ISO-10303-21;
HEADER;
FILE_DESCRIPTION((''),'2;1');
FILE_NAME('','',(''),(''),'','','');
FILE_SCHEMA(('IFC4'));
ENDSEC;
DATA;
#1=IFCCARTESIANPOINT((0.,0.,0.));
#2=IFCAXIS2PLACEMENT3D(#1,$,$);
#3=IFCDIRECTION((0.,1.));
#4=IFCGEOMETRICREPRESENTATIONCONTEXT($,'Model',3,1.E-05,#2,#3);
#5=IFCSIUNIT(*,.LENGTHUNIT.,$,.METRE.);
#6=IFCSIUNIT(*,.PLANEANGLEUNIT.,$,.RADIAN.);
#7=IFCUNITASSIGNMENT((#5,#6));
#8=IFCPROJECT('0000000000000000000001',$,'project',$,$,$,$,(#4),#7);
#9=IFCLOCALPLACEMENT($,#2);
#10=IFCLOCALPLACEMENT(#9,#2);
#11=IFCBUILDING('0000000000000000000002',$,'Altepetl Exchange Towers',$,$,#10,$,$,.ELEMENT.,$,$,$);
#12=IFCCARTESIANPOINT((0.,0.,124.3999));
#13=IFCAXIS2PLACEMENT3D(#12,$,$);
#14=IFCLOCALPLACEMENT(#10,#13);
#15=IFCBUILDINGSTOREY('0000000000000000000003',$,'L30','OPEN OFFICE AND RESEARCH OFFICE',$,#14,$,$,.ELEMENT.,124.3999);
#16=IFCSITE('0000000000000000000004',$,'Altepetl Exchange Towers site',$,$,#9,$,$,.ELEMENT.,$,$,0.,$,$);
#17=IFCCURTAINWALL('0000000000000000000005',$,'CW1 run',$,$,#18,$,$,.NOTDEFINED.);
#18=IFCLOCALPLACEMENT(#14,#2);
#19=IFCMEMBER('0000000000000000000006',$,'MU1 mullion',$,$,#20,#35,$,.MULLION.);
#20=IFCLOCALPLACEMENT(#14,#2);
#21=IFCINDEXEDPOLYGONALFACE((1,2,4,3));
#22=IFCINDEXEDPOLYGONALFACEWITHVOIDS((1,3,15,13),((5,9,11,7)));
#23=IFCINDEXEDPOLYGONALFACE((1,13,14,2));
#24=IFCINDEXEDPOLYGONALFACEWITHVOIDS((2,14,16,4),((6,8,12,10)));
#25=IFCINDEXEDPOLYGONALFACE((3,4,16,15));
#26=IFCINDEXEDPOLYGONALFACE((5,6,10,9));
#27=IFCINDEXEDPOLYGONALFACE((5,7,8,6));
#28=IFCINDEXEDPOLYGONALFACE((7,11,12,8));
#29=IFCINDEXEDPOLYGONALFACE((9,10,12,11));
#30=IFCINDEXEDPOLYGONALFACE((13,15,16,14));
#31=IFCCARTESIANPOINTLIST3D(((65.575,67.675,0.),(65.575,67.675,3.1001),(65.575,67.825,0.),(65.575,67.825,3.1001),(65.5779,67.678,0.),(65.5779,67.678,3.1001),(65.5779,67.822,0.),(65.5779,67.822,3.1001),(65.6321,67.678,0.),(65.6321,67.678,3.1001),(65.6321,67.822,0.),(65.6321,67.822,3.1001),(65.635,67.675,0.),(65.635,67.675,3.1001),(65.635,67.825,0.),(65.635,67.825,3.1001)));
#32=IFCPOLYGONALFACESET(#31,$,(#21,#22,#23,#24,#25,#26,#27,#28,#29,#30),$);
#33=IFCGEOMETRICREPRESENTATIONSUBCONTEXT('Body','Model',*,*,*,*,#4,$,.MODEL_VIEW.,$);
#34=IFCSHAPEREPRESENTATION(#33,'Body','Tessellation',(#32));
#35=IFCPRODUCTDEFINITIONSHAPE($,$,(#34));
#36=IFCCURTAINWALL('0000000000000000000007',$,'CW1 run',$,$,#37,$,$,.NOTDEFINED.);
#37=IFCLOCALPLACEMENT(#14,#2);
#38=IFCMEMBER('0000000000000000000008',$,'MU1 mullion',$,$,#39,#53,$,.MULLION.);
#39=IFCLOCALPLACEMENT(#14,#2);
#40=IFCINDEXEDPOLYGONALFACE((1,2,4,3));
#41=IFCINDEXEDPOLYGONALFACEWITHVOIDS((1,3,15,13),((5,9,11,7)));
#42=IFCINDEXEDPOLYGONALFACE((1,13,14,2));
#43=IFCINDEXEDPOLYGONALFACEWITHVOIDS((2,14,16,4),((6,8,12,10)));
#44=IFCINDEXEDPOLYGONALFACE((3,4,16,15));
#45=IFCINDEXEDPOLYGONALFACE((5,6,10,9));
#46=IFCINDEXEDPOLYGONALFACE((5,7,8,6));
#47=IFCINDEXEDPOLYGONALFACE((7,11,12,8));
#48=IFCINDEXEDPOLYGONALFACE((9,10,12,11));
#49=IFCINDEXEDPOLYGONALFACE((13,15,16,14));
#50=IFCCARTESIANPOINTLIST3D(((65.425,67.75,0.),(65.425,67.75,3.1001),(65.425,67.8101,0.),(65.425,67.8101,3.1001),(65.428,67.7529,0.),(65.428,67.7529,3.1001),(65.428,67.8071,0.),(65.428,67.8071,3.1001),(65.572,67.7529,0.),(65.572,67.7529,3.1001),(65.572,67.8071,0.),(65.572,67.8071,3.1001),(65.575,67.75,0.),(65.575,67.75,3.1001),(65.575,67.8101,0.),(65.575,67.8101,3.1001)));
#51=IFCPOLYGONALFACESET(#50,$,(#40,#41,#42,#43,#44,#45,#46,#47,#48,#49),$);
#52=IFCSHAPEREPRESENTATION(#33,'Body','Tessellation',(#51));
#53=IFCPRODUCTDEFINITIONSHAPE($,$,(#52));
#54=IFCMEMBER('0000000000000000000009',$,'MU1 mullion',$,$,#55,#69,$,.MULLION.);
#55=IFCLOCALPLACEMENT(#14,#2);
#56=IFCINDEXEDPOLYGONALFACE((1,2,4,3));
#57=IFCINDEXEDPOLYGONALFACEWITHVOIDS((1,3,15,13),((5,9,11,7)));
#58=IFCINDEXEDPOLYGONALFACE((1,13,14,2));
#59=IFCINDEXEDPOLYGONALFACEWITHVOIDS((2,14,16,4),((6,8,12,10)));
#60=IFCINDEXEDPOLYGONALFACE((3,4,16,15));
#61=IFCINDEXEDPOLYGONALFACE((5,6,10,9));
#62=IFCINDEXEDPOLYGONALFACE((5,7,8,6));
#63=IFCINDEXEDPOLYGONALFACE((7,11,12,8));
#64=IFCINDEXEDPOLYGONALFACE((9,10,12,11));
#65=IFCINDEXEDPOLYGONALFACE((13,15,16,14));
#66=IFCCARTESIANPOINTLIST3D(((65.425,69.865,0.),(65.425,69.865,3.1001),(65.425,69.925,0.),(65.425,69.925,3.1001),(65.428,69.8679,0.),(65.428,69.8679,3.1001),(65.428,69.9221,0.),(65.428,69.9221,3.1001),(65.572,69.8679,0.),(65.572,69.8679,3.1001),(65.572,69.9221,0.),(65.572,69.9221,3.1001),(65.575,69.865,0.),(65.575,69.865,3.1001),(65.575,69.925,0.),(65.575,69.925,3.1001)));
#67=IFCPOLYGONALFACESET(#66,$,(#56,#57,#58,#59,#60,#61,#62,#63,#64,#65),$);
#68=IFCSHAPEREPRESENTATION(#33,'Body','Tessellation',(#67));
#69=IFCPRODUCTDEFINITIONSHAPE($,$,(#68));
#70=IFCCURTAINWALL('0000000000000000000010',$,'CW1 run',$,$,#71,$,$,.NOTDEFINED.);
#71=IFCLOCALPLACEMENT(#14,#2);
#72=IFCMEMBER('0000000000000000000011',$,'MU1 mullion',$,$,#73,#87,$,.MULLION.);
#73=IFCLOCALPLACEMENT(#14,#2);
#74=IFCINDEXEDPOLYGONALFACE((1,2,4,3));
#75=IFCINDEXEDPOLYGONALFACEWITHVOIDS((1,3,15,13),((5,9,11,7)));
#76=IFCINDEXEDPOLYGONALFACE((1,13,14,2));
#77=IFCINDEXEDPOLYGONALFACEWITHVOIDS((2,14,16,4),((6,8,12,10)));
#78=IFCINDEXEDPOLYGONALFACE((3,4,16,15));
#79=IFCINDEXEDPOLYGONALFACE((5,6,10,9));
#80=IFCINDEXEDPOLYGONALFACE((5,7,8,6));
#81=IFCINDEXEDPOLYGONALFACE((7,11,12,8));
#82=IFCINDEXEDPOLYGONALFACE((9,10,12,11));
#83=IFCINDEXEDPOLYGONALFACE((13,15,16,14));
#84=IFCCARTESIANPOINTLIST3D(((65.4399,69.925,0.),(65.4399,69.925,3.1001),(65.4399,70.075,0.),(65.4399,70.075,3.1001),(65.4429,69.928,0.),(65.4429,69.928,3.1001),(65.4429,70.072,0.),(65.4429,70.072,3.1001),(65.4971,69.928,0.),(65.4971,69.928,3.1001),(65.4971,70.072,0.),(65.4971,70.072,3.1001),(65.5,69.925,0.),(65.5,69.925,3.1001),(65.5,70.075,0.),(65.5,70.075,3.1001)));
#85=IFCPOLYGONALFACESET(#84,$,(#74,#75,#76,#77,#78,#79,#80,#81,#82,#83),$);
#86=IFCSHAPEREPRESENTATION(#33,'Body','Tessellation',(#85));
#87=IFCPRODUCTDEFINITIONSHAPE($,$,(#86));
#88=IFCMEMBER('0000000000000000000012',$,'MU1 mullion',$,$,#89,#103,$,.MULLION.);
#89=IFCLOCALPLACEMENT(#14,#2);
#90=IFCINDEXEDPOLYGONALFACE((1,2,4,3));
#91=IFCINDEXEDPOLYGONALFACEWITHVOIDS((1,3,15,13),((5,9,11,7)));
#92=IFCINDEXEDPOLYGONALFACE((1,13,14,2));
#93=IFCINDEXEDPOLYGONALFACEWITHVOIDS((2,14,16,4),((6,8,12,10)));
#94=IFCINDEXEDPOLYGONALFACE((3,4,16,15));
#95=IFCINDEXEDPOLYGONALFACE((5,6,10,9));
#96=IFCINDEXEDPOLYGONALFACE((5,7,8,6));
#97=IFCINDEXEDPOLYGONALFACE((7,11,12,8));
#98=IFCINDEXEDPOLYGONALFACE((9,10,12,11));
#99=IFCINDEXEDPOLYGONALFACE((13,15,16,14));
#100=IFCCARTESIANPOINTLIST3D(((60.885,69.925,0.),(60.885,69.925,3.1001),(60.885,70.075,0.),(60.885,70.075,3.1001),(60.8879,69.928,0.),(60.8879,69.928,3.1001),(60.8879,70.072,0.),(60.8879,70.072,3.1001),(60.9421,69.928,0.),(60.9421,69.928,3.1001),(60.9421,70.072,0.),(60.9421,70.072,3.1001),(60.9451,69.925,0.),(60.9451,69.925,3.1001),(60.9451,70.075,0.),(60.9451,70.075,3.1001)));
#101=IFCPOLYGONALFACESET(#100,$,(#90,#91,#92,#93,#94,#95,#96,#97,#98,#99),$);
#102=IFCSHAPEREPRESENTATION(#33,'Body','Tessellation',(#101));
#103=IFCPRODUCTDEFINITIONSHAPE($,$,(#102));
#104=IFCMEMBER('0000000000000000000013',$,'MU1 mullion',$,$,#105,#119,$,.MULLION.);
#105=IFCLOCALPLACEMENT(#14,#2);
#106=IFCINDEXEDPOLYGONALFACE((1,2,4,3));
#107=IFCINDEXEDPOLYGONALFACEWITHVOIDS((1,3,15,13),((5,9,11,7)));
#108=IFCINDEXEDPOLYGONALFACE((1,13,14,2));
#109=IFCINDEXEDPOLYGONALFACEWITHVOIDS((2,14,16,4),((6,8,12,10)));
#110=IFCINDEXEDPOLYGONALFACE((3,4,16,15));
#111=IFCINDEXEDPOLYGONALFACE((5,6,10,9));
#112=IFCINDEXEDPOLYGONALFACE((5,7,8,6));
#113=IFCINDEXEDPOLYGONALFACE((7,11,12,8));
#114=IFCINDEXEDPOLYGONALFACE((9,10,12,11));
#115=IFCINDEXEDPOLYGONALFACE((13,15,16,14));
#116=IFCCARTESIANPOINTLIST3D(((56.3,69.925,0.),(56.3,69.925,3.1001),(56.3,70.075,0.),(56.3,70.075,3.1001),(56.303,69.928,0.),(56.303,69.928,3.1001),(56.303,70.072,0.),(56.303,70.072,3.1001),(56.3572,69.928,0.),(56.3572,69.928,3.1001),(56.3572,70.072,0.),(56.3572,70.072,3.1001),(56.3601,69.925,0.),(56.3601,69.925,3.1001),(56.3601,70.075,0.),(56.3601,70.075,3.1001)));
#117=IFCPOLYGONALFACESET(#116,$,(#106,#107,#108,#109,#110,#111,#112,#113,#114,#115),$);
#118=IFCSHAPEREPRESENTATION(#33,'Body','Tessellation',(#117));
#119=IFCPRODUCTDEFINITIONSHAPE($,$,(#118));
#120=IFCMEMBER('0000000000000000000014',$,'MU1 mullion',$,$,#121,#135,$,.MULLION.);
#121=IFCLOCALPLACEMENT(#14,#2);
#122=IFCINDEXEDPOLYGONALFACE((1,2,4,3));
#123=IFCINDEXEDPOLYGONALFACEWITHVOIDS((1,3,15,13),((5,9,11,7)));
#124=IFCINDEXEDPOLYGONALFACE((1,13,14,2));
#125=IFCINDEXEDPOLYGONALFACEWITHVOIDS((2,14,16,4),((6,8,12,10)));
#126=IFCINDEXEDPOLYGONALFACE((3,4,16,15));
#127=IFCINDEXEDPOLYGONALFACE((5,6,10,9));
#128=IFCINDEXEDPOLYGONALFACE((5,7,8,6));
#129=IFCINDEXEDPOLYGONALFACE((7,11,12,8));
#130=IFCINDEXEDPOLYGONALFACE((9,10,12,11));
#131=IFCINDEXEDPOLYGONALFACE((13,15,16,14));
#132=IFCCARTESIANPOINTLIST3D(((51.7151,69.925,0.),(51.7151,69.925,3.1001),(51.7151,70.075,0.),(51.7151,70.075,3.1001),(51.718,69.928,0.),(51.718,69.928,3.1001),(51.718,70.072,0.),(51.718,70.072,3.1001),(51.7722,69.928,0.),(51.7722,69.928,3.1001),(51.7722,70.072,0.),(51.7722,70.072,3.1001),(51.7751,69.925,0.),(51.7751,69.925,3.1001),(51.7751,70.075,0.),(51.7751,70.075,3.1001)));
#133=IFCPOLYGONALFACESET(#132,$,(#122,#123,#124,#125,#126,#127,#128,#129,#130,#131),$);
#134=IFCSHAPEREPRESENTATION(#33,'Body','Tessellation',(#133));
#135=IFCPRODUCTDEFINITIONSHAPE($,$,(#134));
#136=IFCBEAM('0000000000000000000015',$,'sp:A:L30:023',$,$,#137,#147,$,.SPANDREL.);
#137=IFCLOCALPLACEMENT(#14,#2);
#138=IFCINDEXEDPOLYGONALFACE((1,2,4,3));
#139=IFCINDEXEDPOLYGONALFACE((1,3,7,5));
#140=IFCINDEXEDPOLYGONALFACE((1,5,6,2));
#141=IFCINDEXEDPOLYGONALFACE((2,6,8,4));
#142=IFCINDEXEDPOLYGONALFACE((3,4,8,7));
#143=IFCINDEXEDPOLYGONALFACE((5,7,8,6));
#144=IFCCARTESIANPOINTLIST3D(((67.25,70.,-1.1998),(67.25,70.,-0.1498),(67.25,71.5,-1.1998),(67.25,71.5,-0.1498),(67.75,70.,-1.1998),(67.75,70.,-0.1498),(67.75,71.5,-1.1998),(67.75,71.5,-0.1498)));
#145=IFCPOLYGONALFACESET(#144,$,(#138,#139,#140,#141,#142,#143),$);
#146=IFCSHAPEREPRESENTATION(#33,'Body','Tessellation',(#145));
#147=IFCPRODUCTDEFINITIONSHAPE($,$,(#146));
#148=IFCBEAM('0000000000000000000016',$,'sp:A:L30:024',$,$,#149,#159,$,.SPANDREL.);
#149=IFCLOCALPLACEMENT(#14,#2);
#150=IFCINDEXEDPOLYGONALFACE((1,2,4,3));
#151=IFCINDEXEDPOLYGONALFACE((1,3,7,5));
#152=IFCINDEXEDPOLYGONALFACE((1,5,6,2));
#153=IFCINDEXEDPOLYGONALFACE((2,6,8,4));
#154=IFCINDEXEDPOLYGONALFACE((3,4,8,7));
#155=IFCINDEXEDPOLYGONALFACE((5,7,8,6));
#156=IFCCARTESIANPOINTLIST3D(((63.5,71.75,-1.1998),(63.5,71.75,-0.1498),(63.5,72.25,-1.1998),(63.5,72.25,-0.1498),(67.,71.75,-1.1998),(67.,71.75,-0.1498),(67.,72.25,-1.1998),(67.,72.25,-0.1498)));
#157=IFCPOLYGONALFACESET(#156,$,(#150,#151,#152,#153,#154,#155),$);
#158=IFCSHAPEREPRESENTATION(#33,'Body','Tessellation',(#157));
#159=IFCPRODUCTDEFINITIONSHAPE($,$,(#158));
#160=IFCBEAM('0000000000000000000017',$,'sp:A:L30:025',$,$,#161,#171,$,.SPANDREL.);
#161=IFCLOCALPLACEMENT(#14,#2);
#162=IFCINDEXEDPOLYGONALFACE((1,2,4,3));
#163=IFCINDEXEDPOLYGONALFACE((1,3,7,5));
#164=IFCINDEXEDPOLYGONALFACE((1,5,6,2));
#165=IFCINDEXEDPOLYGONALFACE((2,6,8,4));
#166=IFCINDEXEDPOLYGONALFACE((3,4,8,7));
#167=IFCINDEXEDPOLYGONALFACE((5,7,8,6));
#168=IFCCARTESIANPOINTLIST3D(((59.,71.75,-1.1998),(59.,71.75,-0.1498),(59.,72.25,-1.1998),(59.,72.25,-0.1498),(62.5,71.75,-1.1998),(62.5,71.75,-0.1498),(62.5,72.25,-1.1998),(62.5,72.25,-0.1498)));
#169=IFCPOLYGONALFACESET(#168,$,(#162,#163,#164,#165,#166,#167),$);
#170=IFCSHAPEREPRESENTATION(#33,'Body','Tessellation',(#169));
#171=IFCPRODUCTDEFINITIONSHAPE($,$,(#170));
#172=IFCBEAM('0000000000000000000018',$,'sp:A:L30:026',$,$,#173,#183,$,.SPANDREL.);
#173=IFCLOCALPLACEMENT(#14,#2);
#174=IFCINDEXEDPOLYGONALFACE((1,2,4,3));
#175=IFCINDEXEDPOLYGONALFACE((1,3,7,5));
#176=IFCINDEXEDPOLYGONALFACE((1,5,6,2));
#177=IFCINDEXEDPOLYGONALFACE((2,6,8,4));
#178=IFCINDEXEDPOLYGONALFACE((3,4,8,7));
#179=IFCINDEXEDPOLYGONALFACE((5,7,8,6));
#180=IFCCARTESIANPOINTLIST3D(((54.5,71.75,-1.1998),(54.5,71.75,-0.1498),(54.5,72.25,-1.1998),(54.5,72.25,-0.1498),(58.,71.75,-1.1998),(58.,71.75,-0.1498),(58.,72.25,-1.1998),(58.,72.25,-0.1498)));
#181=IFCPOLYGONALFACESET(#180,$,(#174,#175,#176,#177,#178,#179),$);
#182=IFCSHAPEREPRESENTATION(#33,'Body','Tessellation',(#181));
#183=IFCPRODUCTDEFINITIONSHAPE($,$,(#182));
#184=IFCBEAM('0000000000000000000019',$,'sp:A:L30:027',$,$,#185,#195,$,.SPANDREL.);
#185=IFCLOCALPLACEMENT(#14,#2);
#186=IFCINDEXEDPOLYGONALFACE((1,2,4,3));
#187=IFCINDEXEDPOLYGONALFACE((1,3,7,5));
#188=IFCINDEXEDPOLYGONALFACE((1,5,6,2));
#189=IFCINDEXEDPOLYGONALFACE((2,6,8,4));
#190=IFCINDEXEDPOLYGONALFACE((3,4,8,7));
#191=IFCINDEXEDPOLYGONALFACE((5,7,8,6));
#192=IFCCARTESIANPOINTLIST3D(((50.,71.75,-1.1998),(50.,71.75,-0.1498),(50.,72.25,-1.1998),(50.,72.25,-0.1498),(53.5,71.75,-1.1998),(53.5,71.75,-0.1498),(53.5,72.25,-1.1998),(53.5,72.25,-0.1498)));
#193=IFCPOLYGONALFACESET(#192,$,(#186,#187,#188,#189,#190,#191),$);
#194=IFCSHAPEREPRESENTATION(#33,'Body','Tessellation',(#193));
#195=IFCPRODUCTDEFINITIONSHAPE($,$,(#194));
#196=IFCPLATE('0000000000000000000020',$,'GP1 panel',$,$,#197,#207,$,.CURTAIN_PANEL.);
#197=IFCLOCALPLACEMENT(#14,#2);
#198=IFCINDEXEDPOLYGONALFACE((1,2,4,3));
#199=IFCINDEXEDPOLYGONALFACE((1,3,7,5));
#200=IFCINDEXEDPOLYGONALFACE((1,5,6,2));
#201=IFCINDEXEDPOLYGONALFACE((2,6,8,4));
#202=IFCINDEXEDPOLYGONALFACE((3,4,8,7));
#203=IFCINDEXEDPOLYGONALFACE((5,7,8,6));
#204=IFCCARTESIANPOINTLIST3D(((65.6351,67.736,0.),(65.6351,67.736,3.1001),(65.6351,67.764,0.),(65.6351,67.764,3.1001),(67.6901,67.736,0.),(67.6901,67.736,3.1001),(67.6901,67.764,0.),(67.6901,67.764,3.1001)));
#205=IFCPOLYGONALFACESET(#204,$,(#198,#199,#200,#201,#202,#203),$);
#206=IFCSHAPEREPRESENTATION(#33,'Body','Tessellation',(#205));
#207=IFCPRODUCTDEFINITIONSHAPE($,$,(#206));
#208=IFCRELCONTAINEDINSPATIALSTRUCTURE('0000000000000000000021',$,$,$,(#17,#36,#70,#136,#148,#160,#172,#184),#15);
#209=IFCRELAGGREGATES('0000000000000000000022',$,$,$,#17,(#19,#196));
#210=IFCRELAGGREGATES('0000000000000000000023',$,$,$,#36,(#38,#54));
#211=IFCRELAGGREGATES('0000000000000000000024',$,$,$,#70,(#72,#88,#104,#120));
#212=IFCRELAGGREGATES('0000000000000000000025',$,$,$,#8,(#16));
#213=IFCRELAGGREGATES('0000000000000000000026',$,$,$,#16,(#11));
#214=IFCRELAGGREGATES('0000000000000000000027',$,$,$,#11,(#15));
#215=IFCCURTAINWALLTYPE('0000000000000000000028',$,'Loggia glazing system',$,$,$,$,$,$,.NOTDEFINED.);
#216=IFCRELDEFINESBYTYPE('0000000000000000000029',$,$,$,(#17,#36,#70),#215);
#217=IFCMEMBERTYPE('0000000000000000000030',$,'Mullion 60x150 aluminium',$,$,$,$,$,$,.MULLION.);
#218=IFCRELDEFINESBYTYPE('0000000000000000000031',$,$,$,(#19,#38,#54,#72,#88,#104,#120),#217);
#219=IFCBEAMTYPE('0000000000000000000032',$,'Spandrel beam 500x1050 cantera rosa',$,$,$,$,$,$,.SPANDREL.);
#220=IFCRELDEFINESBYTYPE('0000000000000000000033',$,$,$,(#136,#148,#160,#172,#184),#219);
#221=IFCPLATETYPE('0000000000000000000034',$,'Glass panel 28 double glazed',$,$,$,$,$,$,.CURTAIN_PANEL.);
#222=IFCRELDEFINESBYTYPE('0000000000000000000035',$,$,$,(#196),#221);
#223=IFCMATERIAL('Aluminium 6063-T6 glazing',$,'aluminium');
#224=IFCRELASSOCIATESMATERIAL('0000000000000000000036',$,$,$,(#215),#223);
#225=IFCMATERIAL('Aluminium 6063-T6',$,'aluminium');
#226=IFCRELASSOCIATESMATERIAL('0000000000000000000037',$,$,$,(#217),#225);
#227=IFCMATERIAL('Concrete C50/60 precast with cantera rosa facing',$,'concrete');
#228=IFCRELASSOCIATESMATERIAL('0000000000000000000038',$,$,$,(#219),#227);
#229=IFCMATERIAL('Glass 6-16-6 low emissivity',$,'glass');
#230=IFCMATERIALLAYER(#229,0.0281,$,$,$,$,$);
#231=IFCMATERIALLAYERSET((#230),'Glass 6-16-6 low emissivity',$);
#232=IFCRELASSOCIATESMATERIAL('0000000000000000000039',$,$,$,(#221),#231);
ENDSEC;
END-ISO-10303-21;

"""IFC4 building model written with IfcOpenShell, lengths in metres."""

from ifc_helpers import new_model, si_unit, direction, frame, origin, origin_2d, place, context, subcontext, project, spatial, rectangle, hollow_rectangle, extrude, material, layer, layer_set, material_profile, profile_set, type_object, element, aggregate, save


model = new_model("IFC4")

# Units and contexts
model_context = context("Model", 3, precision=1e-05, world=origin(), true_north=direction((0.0, 1.0)))
body_context = subcontext(model_context, "Body", "Model", "MODEL_VIEW")
ifc_project = project(units=[si_unit("LENGTHUNIT", "METRE"), si_unit("PLANEANGLEUNIT", "RADIAN")], contexts=[model_context])

# Site, building, storey
site_placement = place(None, origin())
site = spatial("IfcSite", under=ifc_project, at=site_placement, Name="Altepetl Exchange Towers site", CompositionType="ELEMENT", RefElevation=0.0)
building_placement = place(site_placement, origin())
building = spatial("IfcBuilding", under=site, at=building_placement, Name="Altepetl Exchange Towers", CompositionType="ELEMENT")
storey_placement = place(building_placement, frame((0.0, 0.0, 124.3999)))
storey = spatial("IfcBuildingStorey", under=building, at=storey_placement, Name="L30", Description="OPEN OFFICE AND RESEARCH OFFICE", CompositionType="ELEMENT", Elevation=124.3999)

# Shared definitions
ifc_material_1 = material(Name="Aluminium 6063-T6 glazing", Category="aluminium")
curtain_wall_type = type_object("IfcCurtainWallType", Name="Loggia glazing system", PredefinedType="NOTDEFINED", material=ifc_material_1)
ifc_material_2 = material(Name="Aluminium 6063-T6", Category="aluminium")
ifc_material_profile_1 = material_profile(ifc_material_2, hollow_rectangle(XDim=0.0601, YDim=0.1499, WallThickness=0.0029, at=origin_2d()), Name="Mullion 60x150 aluminium")
ifc_profile_set_1 = profile_set([ifc_material_profile_1], Name="Aluminium 6063-T6")
member_type = type_object("IfcMemberType", Name="Mullion 60x150 aluminium", PredefinedType="MULLION", material=ifc_profile_set_1)

# Curtain walls, members
curtain_wall_1_placement = place(storey_placement, origin())
curtain_wall_1 = element("IfcCurtainWall", 1, at=curtain_wall_1_placement, inside=storey, type_object=curtain_wall_type, Name="CW1 run", PredefinedType="NOTDEFINED")
member_1_placement = place(storey_placement, frame((65.605, 67.75, 0.0), z_axis=(0.0, 0.0, 1.0), x_axis=(-1.0, 0.0, 0.0)))
member_1 = element("IfcMember", 2, at=member_1_placement, type_object=member_type, Name="MU1 mullion", PredefinedType="MULLION", context=body_context, shape_type="SweptSolid", body=[
    extrude(hollow_rectangle(XDim=0.0601, YDim=0.1499, WallThickness=0.0029, at=origin_2d()), origin(), (0.0, 0.0, 1.0), 3.1001),
])
curtain_wall_2_placement = place(storey_placement, origin())
curtain_wall_2 = element("IfcCurtainWall", 3, at=curtain_wall_2_placement, inside=storey, type_object=curtain_wall_type, Name="CW1 run", PredefinedType="NOTDEFINED")
member_2_placement = place(storey_placement, frame((65.5, 67.78, 0.0), z_axis=(0.0, 0.0, 1.0), x_axis=(0.0, 1.0, 0.0)))
member_2 = element("IfcMember", 4, at=member_2_placement, type_object=member_type, Name="MU1 mullion", PredefinedType="MULLION", context=body_context, shape_type="SweptSolid", body=[
    extrude(hollow_rectangle(XDim=0.0601, YDim=0.1499, WallThickness=0.0029, at=origin_2d()), origin(), (0.0, 0.0, 1.0), 3.1001),
])
member_3_placement = place(storey_placement, frame((65.5, 69.895, 0.0), z_axis=(0.0, 0.0, 1.0), x_axis=(0.0, 1.0, 0.0)))
member_3 = element("IfcMember", 5, at=member_3_placement, type_object=member_type, Name="MU1 mullion", PredefinedType="MULLION", context=body_context, shape_type="SweptSolid", body=[
    extrude(hollow_rectangle(XDim=0.0601, YDim=0.1499, WallThickness=0.0029, at=origin_2d()), origin(), (0.0, 0.0, 1.0), 3.1001),
])
curtain_wall_3_placement = place(storey_placement, origin())
curtain_wall_3 = element("IfcCurtainWall", 6, at=curtain_wall_3_placement, inside=storey, type_object=curtain_wall_type, Name="CW1 run", PredefinedType="NOTDEFINED")
member_4_placement = place(storey_placement, frame((65.47, 70.0, 0.0), z_axis=(0.0, 0.0, 1.0), x_axis=(-1.0, 0.0, 0.0)))
member_4 = element("IfcMember", 7, at=member_4_placement, type_object=member_type, Name="MU1 mullion", PredefinedType="MULLION", context=body_context, shape_type="SweptSolid", body=[
    extrude(hollow_rectangle(XDim=0.0601, YDim=0.1499, WallThickness=0.0029, at=origin_2d()), origin(), (0.0, 0.0, 1.0), 3.1001),
])
member_5_placement = place(storey_placement, frame((60.915, 70.0, 0.0), z_axis=(0.0, 0.0, 1.0), x_axis=(-1.0, 0.0, 0.0)))
member_5 = element("IfcMember", 8, at=member_5_placement, type_object=member_type, Name="MU1 mullion", PredefinedType="MULLION", context=body_context, shape_type="SweptSolid", body=[
    extrude(hollow_rectangle(XDim=0.0601, YDim=0.1499, WallThickness=0.0029, at=origin_2d()), origin(), (0.0, 0.0, 1.0), 3.1001),
])
member_6_placement = place(storey_placement, frame((56.3301, 70.0, 0.0), z_axis=(0.0, 0.0, 1.0), x_axis=(-1.0, 0.0, 0.0)))
member_6 = element("IfcMember", 9, at=member_6_placement, type_object=member_type, Name="MU1 mullion", PredefinedType="MULLION", context=body_context, shape_type="SweptSolid", body=[
    extrude(hollow_rectangle(XDim=0.0601, YDim=0.1499, WallThickness=0.0029, at=origin_2d()), origin(), (0.0, 0.0, 1.0), 3.1001),
])
member_7_placement = place(storey_placement, frame((51.7451, 70.0, 0.0), z_axis=(0.0, 0.0, 1.0), x_axis=(-1.0, 0.0, 0.0)))
member_7 = element("IfcMember", 10, at=member_7_placement, type_object=member_type, Name="MU1 mullion", PredefinedType="MULLION", context=body_context, shape_type="SweptSolid", body=[
    extrude(hollow_rectangle(XDim=0.0601, YDim=0.1499, WallThickness=0.0029, at=origin_2d()), origin(), (0.0, 0.0, 1.0), 3.1001),
])

# Beams
ifc_material_3 = material(Name="Concrete C50/60 precast with cantera rosa facing", Category="concrete")
ifc_material_profile_2 = material_profile(ifc_material_3, rectangle(XDim=0.5, YDim=1.05, at=origin_2d()), Name="500 x 1050")
ifc_profile_set_2 = profile_set([ifc_material_profile_2], Name="Concrete C50/60 precast with cantera rosa facing")
beam_type_1 = type_object("IfcBeamType", Name="Spandrel beam 500x1050 cantera rosa", PredefinedType="SPANDREL", material=ifc_profile_set_2)
beam_1_placement = place(storey_placement, frame((67.5, 70.0, -0.6748), z_axis=(0.0, 1.0, 0.0), x_axis=(-1.0, 0.0, 0.0)))
element("IfcBeam", 11, at=beam_1_placement, inside=storey, type_object=beam_type_1, Name="sp:A:L30:023", PredefinedType="SPANDREL", context=body_context, shape_type="SweptSolid", body=[
    extrude(rectangle(XDim=0.5, YDim=1.05, at=origin_2d()), origin(), (0.0, 0.0, 1.0), 1.5),
])
for number, where, z_axis, x_axis, name in (
    (12, (67.0, 72.0, -0.6748), (-1.0, 0.0, 0.0), (0.0, -1.0, 0.0), "sp:A:L30:024"),
    (13, (62.5, 72.0, -0.6748), (-1.0, 0.0, 0.0), (0.0, -1.0, 0.0), "sp:A:L30:025"),
    (14, (58.0, 72.0, -0.6748), (-1.0, 0.0, 0.0), (0.0, -1.0, 0.0), "sp:A:L30:026"),
    (15, (53.5, 72.0, -0.6748), (-1.0, 0.0, 0.0), (0.0, -1.0, 0.0), "sp:A:L30:027"),
):
    element("IfcBeam", number, at=place(storey_placement, frame(where, z_axis=z_axis, x_axis=x_axis)), inside=storey, type_object=beam_type_1, Name=name, PredefinedType="SPANDREL", context=body_context, shape_type="SweptSolid", body=[
        extrude(rectangle(XDim=0.5, YDim=1.05, at=origin_2d()), origin(), (0.0, 0.0, 1.0), 3.5),
    ])

# Plate
ifc_material_4 = material(Name="Glass 6-16-6 low emissivity", Category="glass")
ifc_layer_1 = layer(ifc_material_4, 0.0281)
ifc_layer_set_1 = layer_set([ifc_layer_1], Name="Glass 6-16-6 low emissivity")
plate_type = type_object("IfcPlateType", Name="Glass panel 28 double glazed", PredefinedType="CURTAIN_PANEL", material=ifc_layer_set_1)
plate_1_placement = place(storey_placement, frame((66.6626, 67.75, 0.0), z_axis=(0.0, 0.0, 1.0), x_axis=(-1.0, 0.0, 0.0)))
plate_1 = element("IfcPlate", 16, at=plate_1_placement, type_object=plate_type, Name="GP1 panel", PredefinedType="CURTAIN_PANEL", context=body_context, shape_type="SweptSolid", body=[
    extrude(rectangle(XDim=2.0549, YDim=0.0281, at=origin_2d()), origin(), (0.0, 0.0, 1.0), 3.1001),
])
aggregate(curtain_wall_1, [member_1, plate_1])
aggregate(curtain_wall_2, [member_2, member_3])
aggregate(curtain_wall_3, [member_4, member_5, member_6, member_7])

save(model, "model.ifc")
